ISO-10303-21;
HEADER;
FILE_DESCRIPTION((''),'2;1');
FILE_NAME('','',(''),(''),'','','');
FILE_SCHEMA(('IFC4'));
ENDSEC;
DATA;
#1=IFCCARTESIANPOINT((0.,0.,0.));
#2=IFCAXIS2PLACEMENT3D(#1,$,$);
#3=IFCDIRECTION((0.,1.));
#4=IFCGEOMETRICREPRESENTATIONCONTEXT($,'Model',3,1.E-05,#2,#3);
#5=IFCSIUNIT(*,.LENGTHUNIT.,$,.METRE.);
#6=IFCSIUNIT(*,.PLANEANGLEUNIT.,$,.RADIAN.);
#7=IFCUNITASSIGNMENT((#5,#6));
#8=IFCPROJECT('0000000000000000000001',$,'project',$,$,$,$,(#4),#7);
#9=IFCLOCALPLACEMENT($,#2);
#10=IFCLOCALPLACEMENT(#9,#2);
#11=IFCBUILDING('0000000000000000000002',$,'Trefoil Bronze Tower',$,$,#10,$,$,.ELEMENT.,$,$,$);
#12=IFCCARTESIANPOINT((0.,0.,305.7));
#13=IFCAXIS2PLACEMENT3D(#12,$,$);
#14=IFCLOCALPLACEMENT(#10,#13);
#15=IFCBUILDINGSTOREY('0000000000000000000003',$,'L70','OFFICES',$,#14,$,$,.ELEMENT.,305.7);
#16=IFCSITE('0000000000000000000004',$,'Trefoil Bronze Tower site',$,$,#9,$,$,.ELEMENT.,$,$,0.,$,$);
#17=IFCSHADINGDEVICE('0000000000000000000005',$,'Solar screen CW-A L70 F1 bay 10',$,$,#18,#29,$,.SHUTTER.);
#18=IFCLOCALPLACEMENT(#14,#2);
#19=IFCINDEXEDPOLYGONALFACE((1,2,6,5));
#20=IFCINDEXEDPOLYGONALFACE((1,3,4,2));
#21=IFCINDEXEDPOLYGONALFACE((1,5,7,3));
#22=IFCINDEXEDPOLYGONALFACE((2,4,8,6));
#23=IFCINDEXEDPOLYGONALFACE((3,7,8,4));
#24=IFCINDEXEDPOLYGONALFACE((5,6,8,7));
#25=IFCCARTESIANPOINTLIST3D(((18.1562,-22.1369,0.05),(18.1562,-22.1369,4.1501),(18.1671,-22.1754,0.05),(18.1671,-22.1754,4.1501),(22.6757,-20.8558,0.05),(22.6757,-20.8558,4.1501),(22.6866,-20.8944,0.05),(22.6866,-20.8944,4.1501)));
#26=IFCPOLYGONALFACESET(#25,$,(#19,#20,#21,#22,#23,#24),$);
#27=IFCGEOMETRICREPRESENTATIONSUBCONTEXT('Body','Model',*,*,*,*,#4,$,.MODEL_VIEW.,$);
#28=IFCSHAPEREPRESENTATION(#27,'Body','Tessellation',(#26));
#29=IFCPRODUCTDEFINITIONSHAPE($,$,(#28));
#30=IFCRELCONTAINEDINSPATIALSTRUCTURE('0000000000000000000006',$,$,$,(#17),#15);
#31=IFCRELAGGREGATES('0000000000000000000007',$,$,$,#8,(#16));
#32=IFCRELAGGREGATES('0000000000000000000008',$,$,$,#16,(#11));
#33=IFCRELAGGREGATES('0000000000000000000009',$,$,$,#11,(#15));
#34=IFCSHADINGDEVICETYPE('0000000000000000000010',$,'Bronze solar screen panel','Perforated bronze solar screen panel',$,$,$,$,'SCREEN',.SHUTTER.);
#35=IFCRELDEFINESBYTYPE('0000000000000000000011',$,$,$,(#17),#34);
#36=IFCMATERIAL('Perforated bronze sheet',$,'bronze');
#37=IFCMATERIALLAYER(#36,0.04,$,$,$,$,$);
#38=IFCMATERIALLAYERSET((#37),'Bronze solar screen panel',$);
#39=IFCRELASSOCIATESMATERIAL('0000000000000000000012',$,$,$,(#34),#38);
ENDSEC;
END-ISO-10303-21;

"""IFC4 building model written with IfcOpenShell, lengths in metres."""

from ifc_helpers import new_model, si_unit, direction, frame, origin, origin_2d, place, context, subcontext, project, spatial, rectangle, extrude, material, layer, layer_set, type_object, element, save


model = new_model("IFC4")

# Units and contexts
model_context = context("Model", 3, precision=1e-05, world=origin(), true_north=direction((0.0, 1.0)))
body_context = subcontext(model_context, "Body", "Model", "MODEL_VIEW")
ifc_project = project(units=[si_unit("LENGTHUNIT", "METRE"), si_unit("PLANEANGLEUNIT", "RADIAN")], contexts=[model_context])

# Site, building, storey
site_placement = place(None, origin())
site = spatial("IfcSite", under=ifc_project, at=site_placement, Name="Trefoil Bronze Tower site", CompositionType="ELEMENT", RefElevation=0.0)
building_placement = place(site_placement, origin())
building = spatial("IfcBuilding", under=site, at=building_placement, Name="Trefoil Bronze Tower", CompositionType="ELEMENT")
storey_placement = place(building_placement, frame((0.0, 0.0, 305.7)))
storey = spatial("IfcBuildingStorey", under=building, at=storey_placement, Name="L70", Description="OFFICES", CompositionType="ELEMENT", Elevation=305.7)

# Shading device
ifc_material_1 = material(Name="Perforated bronze sheet", Category="bronze")
ifc_layer_1 = layer(ifc_material_1, 0.04)
ifc_layer_set_1 = layer_set([ifc_layer_1], Name="Bronze solar screen panel")
shading_device_type = type_object("IfcShadingDeviceType", Name="Bronze solar screen panel", Description="Perforated bronze solar screen panel", ElementType="SCREEN", PredefinedType="SHUTTER", material=ifc_layer_set_1)
shading_device_1_placement = place(storey_placement, frame((20.4214, -21.5156, 0.05), z_axis=(0.0, 0.0, 1.0), x_axis=(0.962098, 0.272705, 0.0)))
element("IfcShadingDevice", 1, at=shading_device_1_placement, inside=storey, type_object=shading_device_type, Name="Solar screen CW-A L70 F1 bay 10", PredefinedType="SHUTTER", context=body_context, shape_type="SweptSolid", body=[
    extrude(rectangle(XDim=4.6975, YDim=0.04, at=origin_2d()), origin(), (0.0, 0.0, 1.0), 4.1001),
])

save(model, "model.ifc")
